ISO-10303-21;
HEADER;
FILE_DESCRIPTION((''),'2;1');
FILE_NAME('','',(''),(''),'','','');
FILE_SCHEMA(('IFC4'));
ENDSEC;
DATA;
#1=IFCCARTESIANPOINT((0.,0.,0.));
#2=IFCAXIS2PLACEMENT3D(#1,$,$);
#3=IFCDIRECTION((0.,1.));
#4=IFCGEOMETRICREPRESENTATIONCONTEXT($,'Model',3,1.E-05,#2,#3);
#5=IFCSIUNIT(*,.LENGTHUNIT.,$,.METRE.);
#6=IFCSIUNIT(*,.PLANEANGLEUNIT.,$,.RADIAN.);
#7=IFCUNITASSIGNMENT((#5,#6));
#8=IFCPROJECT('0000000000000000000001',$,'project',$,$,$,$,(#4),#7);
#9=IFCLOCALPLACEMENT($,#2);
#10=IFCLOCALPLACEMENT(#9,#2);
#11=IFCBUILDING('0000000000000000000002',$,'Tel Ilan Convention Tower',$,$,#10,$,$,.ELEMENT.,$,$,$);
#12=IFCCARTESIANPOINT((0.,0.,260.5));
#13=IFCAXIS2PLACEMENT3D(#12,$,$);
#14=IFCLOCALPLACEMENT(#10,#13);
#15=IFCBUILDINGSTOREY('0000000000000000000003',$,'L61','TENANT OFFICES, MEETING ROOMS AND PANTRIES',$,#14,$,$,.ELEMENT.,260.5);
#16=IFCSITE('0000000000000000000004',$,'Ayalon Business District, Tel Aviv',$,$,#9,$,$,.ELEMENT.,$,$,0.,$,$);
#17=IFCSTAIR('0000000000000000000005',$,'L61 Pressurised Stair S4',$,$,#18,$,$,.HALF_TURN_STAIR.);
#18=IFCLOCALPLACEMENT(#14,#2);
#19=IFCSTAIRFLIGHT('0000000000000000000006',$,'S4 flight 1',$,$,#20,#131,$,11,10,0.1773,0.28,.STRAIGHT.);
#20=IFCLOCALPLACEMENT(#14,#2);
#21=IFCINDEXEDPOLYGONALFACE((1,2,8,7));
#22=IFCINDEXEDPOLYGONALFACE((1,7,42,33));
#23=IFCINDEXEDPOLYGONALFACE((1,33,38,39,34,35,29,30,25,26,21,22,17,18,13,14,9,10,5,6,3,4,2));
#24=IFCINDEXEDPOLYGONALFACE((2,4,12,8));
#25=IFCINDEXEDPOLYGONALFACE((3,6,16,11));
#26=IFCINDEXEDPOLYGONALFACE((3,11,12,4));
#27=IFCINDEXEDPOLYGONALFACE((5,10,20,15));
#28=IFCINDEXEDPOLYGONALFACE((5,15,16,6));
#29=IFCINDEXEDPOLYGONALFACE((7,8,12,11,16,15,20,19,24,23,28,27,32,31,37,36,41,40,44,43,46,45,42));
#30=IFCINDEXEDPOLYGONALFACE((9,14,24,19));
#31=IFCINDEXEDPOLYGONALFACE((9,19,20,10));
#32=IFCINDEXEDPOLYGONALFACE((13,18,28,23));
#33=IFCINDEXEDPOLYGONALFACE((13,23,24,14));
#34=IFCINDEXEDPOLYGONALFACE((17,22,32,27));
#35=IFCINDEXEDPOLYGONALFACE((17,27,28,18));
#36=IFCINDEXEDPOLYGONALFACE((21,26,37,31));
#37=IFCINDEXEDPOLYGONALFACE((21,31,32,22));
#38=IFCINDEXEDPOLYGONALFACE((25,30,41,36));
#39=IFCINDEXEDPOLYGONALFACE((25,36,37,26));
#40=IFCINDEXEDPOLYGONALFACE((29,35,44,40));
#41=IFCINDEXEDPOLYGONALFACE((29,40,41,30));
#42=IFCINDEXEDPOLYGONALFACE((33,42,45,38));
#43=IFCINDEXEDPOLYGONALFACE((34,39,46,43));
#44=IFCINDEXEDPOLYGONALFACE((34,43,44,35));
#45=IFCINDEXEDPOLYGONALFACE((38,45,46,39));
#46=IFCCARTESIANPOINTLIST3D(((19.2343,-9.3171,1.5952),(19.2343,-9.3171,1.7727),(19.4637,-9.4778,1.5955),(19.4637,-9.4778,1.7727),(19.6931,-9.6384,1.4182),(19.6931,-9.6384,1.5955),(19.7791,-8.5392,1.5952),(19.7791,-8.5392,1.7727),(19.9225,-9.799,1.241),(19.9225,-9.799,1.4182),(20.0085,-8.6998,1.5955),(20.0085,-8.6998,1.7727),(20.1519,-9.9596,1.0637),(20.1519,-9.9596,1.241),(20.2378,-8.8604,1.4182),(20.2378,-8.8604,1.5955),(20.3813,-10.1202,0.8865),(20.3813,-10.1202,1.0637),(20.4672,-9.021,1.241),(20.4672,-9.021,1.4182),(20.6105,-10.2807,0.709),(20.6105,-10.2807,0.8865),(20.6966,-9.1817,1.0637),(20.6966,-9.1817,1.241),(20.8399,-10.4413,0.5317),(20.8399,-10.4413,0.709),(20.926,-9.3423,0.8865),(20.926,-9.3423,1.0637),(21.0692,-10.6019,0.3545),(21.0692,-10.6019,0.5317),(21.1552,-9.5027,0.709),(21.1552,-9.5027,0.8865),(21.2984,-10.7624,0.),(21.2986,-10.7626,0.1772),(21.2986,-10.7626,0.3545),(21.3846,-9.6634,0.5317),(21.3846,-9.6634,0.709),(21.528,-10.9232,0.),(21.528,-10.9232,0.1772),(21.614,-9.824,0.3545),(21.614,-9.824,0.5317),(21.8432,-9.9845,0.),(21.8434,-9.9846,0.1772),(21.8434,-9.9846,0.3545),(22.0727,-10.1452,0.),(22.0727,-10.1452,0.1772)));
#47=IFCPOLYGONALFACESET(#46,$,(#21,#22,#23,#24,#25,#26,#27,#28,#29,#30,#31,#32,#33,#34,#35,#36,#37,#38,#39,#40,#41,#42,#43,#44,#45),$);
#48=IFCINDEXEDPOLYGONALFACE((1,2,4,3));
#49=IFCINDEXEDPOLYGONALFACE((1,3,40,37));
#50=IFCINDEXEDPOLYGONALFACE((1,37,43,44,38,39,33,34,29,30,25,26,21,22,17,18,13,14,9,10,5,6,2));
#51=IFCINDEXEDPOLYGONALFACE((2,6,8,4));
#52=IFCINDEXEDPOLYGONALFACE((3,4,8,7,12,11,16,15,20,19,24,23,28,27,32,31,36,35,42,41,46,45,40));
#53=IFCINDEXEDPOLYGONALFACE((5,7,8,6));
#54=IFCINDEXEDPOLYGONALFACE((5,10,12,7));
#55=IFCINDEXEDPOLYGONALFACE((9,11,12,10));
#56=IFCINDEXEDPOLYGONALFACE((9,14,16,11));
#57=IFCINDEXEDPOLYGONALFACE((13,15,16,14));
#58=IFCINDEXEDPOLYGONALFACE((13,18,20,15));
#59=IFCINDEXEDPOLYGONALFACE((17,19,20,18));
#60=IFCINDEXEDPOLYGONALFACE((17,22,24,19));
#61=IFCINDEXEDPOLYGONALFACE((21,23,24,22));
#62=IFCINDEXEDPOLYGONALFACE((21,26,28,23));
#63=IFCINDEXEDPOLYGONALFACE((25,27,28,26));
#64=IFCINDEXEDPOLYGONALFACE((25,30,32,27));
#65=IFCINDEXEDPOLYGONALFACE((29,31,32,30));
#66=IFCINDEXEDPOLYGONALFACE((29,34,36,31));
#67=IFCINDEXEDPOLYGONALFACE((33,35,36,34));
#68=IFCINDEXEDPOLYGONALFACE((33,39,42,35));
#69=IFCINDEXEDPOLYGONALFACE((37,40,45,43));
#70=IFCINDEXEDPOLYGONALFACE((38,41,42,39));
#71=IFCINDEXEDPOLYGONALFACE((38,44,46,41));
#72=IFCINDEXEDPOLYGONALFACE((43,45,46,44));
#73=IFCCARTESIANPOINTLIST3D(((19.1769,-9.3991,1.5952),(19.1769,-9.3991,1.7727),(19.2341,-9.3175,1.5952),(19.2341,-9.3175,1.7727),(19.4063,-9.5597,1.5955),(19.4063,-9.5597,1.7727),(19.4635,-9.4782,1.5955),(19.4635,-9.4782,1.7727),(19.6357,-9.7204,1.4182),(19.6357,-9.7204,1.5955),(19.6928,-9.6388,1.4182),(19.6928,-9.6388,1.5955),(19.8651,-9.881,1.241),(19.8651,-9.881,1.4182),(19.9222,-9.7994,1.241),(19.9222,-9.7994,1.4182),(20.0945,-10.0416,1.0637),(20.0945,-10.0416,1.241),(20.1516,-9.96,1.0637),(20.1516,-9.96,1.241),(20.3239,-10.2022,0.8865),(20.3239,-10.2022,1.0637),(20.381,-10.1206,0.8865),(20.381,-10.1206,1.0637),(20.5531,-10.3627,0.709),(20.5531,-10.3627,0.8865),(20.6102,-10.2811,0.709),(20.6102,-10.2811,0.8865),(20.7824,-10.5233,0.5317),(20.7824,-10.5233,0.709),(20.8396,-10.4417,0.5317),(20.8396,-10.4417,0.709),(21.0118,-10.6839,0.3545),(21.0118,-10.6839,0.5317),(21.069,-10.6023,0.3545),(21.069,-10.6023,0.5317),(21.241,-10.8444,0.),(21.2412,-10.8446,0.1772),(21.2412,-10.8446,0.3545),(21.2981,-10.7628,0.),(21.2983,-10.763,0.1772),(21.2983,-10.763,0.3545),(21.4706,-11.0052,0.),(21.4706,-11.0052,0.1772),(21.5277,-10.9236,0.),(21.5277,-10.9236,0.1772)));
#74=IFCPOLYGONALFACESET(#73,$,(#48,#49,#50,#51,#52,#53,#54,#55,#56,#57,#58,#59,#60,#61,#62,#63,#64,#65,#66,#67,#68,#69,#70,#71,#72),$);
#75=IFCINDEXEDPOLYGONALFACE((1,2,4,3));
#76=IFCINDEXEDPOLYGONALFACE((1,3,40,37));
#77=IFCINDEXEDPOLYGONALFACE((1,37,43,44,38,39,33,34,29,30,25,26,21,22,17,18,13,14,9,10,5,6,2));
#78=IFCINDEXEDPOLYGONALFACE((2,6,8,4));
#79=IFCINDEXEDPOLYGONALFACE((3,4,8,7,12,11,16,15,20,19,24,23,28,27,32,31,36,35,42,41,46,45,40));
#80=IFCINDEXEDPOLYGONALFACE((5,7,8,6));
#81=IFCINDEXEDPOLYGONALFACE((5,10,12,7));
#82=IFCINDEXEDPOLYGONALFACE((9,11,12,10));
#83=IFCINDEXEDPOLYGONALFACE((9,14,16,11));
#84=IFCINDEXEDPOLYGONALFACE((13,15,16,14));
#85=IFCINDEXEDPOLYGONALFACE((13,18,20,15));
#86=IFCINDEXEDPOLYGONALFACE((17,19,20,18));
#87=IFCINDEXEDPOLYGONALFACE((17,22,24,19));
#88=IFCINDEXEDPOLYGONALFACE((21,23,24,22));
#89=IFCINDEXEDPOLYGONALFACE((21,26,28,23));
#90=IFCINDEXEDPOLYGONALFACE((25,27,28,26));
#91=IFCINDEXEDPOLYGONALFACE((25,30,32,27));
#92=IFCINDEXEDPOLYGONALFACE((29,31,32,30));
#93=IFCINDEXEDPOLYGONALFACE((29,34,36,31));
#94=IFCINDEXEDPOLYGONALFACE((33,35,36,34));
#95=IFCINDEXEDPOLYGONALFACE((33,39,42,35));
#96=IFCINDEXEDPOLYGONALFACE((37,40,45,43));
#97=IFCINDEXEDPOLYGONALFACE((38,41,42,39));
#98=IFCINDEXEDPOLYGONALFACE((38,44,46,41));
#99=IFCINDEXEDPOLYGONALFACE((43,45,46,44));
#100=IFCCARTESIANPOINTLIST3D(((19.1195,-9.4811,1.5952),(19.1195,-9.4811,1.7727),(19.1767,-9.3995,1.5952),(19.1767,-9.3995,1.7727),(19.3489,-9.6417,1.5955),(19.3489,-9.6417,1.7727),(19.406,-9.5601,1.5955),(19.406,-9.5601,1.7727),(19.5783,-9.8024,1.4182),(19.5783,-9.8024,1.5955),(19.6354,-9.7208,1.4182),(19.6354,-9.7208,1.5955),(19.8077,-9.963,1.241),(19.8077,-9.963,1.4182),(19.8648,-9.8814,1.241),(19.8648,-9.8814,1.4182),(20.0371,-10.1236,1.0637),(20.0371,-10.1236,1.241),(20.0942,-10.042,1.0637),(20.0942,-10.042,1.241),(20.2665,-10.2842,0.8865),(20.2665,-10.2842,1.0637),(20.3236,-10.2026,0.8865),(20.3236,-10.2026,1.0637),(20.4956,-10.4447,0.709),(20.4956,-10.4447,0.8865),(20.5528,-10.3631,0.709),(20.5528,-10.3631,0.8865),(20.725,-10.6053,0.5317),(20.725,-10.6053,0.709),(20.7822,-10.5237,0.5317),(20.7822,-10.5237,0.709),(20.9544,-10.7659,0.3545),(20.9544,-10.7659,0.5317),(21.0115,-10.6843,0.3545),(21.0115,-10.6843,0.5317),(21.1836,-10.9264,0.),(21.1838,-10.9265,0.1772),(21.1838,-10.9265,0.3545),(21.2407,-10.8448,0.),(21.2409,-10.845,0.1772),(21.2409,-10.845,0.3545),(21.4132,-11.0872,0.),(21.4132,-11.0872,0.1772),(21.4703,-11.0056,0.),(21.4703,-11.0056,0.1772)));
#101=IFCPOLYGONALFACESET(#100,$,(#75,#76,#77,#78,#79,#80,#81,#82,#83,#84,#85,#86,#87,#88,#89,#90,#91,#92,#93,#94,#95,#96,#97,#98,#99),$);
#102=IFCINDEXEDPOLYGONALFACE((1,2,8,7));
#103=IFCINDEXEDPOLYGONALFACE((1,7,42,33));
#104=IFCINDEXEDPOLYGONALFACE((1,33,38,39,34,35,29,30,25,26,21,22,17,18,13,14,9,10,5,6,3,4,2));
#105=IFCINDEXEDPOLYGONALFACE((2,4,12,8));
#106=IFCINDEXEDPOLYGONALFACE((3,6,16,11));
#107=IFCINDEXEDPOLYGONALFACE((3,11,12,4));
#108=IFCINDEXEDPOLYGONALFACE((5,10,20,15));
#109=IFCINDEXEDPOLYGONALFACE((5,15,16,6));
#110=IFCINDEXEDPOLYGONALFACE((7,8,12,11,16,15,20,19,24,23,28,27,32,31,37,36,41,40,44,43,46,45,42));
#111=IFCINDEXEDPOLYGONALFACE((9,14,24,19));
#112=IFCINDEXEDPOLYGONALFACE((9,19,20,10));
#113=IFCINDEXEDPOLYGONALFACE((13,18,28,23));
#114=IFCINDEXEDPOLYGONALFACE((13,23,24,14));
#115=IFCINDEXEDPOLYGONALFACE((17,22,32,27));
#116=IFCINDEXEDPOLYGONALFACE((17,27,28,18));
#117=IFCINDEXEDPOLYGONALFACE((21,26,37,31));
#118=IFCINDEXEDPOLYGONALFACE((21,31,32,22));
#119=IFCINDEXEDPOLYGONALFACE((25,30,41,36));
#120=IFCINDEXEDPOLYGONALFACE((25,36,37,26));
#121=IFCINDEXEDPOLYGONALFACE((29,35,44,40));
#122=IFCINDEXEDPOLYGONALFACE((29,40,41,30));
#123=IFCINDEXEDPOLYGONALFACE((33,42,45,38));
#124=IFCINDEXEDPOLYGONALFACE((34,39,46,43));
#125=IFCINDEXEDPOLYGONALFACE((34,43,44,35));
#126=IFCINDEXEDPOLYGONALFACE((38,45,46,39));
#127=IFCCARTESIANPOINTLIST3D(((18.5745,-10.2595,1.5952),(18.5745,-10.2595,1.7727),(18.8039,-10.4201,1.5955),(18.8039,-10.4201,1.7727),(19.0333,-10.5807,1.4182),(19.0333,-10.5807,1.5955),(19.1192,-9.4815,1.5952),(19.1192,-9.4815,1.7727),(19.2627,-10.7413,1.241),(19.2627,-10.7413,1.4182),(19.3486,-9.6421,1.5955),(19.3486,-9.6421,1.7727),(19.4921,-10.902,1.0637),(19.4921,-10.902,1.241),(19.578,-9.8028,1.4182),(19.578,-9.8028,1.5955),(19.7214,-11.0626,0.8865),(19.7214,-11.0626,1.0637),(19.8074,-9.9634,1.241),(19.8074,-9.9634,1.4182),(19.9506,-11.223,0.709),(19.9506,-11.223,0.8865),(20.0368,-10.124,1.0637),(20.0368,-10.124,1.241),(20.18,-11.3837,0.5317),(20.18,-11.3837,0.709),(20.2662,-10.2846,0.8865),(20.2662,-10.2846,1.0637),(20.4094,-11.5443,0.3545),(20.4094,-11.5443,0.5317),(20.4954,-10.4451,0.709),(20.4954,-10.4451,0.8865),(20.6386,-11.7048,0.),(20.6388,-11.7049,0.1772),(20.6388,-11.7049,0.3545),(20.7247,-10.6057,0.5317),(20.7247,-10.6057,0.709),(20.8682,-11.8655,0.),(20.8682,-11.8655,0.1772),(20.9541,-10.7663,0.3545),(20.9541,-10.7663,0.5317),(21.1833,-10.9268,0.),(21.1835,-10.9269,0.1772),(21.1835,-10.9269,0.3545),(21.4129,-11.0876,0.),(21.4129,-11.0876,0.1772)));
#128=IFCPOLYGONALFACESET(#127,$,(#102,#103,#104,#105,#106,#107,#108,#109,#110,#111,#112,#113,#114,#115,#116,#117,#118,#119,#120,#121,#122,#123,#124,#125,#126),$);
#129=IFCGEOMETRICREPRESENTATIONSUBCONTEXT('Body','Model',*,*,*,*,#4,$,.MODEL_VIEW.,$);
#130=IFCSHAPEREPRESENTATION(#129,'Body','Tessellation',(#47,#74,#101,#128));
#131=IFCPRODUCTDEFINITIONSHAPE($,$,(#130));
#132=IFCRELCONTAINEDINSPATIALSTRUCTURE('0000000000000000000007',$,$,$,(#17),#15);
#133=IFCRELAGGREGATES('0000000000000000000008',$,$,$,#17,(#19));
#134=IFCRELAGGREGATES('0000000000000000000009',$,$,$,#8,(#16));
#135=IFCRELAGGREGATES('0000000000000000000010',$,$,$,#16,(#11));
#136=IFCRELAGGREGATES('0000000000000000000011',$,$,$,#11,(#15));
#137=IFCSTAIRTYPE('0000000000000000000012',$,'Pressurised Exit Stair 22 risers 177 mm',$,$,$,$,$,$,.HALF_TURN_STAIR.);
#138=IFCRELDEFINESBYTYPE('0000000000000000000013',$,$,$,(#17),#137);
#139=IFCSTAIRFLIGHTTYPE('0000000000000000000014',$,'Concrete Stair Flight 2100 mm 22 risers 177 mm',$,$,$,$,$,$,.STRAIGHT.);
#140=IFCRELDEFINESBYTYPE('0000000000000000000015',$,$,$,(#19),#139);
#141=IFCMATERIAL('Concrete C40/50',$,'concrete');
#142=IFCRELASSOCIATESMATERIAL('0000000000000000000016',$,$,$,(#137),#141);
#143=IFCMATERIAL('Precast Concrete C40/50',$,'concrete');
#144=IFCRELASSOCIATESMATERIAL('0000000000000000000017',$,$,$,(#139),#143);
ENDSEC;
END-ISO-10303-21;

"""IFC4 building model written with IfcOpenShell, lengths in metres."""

from ifc_helpers import new_model, si_unit, direction, frame, origin, place, context, subcontext, project, spatial, polyline, outline, extrude, material, type_object, element, aggregate, save


model = new_model("IFC4")

# Units and contexts
model_context = context("Model", 3, precision=1e-05, world=origin(), true_north=direction((0.0, 1.0)))
body_context = subcontext(model_context, "Body", "Model", "MODEL_VIEW")
ifc_project = project(units=[si_unit("LENGTHUNIT", "METRE"), si_unit("PLANEANGLEUNIT", "RADIAN")], contexts=[model_context])

# Site, building, storey
site_placement = place(None, origin())
site = spatial("IfcSite", under=ifc_project, at=site_placement, Name="Ayalon Business District, Tel Aviv", CompositionType="ELEMENT", RefElevation=0.0)
building_placement = place(site_placement, origin())
building = spatial("IfcBuilding", under=site, at=building_placement, Name="Tel Ilan Convention Tower", CompositionType="ELEMENT")
storey_placement = place(building_placement, frame((0.0, 0.0, 260.5)))
storey = spatial("IfcBuildingStorey", under=building, at=storey_placement, Name="L61", Description="TENANT OFFICES, MEETING ROOMS AND PANTRIES", CompositionType="ELEMENT", Elevation=260.5)

# Stair, stair flight
ifc_material_1 = material(Name="Concrete C40/50", Category="concrete")
stair_type = type_object("IfcStairType", Name="Pressurised Exit Stair 22 risers 177 mm", PredefinedType="HALF_TURN_STAIR", material=ifc_material_1)
stair_placement = place(storey_placement, origin())
stair = element("IfcStair", 1, at=stair_placement, inside=storey, type_object=stair_type, Name="L61 Pressurised Stair S4", PredefinedType="HALF_TURN_STAIR")
ifc_material_2 = material(Name="Precast Concrete C40/50", Category="concrete")
stair_flight_type = type_object("IfcStairFlightType", Name="Concrete Stair Flight 2100 mm 22 risers 177 mm", PredefinedType="STRAIGHT", material=ifc_material_2)
stair_flight_1_placement = place(storey_placement, frame((21.4705, -11.0054, 0.0), z_axis=(0.0, 0.0, 1.0), x_axis=(-0.819152, 0.573576, 0.0)))
stair_flight_1 = element("IfcStairFlight", 2, at=stair_flight_1_placement, type_object=stair_flight_type, Name="S4 flight 1", NumberOfRisers=11, NumberOfTreads=10, PredefinedType="STRAIGHT", RiserHeight=0.1773, TreadLength=0.28, context=body_context, shape_type="SweptSolid", body=[
    extrude(outline(polyline([(0.0, 0.0), (0.0, 0.1772), (0.28, 0.1772), (0.28, 0.3545), (0.5601, 0.3545), (0.5601, 0.5317), (0.8401, 0.5317), (0.8401, 0.709), (1.1201, 0.709), (1.1201, 0.8865), (1.3999, 0.8865), (1.3999, 1.0637), (1.6799, 1.0637), (1.6799, 1.241), (1.96, 1.241), (1.96, 1.4182), (2.24, 1.4182), (2.24, 1.5955), (2.52, 1.5955), (2.52, 1.7727), (2.8, 1.7727), (2.8, 1.95), (2.8, 1.5952), (0.2803, 0.0), (0.0, 0.0)])), frame((0.0, -0.1003, 0.0), z_axis=(0.0, -1.0, 0.0), x_axis=(1.0, 0.0, 0.0)), (0.0, 0.0, 1.0), 0.9497),
    extrude(outline(polyline([(0.0, 0.0), (0.0, 0.1772), (0.28, 0.1772), (0.28, 0.3545), (0.5601, 0.3545), (0.5601, 0.5317), (0.8401, 0.5317), (0.8401, 0.709), (1.1201, 0.709), (1.1201, 0.8865), (1.3999, 0.8865), (1.3999, 1.0637), (1.6799, 1.0637), (1.6799, 1.241), (1.96, 1.241), (1.96, 1.4182), (2.24, 1.4182), (2.24, 1.5955), (2.52, 1.5955), (2.52, 1.7727), (2.8, 1.7727), (2.8, 1.95), (2.8, 1.5952), (0.2803, 0.0), (0.0, 0.0)])), frame((0.0, -0.0002, 0.0), z_axis=(0.0, -1.0, 0.0), x_axis=(1.0, 0.0, 0.0)), (0.0, 0.0, 1.0), 0.0996),
    extrude(outline(polyline([(0.0, 0.0), (0.0, 0.1772), (0.28, 0.1772), (0.28, 0.3545), (0.5601, 0.3545), (0.5601, 0.5317), (0.8401, 0.5317), (0.8401, 0.709), (1.1201, 0.709), (1.1201, 0.8865), (1.3999, 0.8865), (1.3999, 1.0637), (1.6799, 1.0637), (1.6799, 1.241), (1.96, 1.241), (1.96, 1.4182), (2.24, 1.4182), (2.24, 1.5955), (2.52, 1.5955), (2.52, 1.7727), (2.8, 1.7727), (2.8, 1.95), (2.8, 1.5952), (0.2803, 0.0), (0.0, 0.0)])), frame((0.0, 0.0999, 0.0), z_axis=(0.0, -1.0, 0.0), x_axis=(1.0, 0.0, 0.0)), (0.0, 0.0, 1.0), 0.0996),
    extrude(outline(polyline([(0.0, 0.0), (0.0, 0.1772), (0.28, 0.1772), (0.28, 0.3545), (0.5601, 0.3545), (0.5601, 0.5317), (0.8401, 0.5317), (0.8401, 0.709), (1.1201, 0.709), (1.1201, 0.8865), (1.3999, 0.8865), (1.3999, 1.0637), (1.6799, 1.0637), (1.6799, 1.241), (1.96, 1.241), (1.96, 1.4182), (2.24, 1.4182), (2.24, 1.5955), (2.52, 1.5955), (2.52, 1.7727), (2.8, 1.7727), (2.8, 1.95), (2.8, 1.5952), (0.2803, 0.0), (0.0, 0.0)])), frame((0.0, 1.05, 0.0), z_axis=(0.0, -1.0, 0.0), x_axis=(1.0, 0.0, 0.0)), (0.0, 0.0, 1.0), 0.9497),
])
aggregate(stair, [stair_flight_1])

save(model, "model.ifc")
